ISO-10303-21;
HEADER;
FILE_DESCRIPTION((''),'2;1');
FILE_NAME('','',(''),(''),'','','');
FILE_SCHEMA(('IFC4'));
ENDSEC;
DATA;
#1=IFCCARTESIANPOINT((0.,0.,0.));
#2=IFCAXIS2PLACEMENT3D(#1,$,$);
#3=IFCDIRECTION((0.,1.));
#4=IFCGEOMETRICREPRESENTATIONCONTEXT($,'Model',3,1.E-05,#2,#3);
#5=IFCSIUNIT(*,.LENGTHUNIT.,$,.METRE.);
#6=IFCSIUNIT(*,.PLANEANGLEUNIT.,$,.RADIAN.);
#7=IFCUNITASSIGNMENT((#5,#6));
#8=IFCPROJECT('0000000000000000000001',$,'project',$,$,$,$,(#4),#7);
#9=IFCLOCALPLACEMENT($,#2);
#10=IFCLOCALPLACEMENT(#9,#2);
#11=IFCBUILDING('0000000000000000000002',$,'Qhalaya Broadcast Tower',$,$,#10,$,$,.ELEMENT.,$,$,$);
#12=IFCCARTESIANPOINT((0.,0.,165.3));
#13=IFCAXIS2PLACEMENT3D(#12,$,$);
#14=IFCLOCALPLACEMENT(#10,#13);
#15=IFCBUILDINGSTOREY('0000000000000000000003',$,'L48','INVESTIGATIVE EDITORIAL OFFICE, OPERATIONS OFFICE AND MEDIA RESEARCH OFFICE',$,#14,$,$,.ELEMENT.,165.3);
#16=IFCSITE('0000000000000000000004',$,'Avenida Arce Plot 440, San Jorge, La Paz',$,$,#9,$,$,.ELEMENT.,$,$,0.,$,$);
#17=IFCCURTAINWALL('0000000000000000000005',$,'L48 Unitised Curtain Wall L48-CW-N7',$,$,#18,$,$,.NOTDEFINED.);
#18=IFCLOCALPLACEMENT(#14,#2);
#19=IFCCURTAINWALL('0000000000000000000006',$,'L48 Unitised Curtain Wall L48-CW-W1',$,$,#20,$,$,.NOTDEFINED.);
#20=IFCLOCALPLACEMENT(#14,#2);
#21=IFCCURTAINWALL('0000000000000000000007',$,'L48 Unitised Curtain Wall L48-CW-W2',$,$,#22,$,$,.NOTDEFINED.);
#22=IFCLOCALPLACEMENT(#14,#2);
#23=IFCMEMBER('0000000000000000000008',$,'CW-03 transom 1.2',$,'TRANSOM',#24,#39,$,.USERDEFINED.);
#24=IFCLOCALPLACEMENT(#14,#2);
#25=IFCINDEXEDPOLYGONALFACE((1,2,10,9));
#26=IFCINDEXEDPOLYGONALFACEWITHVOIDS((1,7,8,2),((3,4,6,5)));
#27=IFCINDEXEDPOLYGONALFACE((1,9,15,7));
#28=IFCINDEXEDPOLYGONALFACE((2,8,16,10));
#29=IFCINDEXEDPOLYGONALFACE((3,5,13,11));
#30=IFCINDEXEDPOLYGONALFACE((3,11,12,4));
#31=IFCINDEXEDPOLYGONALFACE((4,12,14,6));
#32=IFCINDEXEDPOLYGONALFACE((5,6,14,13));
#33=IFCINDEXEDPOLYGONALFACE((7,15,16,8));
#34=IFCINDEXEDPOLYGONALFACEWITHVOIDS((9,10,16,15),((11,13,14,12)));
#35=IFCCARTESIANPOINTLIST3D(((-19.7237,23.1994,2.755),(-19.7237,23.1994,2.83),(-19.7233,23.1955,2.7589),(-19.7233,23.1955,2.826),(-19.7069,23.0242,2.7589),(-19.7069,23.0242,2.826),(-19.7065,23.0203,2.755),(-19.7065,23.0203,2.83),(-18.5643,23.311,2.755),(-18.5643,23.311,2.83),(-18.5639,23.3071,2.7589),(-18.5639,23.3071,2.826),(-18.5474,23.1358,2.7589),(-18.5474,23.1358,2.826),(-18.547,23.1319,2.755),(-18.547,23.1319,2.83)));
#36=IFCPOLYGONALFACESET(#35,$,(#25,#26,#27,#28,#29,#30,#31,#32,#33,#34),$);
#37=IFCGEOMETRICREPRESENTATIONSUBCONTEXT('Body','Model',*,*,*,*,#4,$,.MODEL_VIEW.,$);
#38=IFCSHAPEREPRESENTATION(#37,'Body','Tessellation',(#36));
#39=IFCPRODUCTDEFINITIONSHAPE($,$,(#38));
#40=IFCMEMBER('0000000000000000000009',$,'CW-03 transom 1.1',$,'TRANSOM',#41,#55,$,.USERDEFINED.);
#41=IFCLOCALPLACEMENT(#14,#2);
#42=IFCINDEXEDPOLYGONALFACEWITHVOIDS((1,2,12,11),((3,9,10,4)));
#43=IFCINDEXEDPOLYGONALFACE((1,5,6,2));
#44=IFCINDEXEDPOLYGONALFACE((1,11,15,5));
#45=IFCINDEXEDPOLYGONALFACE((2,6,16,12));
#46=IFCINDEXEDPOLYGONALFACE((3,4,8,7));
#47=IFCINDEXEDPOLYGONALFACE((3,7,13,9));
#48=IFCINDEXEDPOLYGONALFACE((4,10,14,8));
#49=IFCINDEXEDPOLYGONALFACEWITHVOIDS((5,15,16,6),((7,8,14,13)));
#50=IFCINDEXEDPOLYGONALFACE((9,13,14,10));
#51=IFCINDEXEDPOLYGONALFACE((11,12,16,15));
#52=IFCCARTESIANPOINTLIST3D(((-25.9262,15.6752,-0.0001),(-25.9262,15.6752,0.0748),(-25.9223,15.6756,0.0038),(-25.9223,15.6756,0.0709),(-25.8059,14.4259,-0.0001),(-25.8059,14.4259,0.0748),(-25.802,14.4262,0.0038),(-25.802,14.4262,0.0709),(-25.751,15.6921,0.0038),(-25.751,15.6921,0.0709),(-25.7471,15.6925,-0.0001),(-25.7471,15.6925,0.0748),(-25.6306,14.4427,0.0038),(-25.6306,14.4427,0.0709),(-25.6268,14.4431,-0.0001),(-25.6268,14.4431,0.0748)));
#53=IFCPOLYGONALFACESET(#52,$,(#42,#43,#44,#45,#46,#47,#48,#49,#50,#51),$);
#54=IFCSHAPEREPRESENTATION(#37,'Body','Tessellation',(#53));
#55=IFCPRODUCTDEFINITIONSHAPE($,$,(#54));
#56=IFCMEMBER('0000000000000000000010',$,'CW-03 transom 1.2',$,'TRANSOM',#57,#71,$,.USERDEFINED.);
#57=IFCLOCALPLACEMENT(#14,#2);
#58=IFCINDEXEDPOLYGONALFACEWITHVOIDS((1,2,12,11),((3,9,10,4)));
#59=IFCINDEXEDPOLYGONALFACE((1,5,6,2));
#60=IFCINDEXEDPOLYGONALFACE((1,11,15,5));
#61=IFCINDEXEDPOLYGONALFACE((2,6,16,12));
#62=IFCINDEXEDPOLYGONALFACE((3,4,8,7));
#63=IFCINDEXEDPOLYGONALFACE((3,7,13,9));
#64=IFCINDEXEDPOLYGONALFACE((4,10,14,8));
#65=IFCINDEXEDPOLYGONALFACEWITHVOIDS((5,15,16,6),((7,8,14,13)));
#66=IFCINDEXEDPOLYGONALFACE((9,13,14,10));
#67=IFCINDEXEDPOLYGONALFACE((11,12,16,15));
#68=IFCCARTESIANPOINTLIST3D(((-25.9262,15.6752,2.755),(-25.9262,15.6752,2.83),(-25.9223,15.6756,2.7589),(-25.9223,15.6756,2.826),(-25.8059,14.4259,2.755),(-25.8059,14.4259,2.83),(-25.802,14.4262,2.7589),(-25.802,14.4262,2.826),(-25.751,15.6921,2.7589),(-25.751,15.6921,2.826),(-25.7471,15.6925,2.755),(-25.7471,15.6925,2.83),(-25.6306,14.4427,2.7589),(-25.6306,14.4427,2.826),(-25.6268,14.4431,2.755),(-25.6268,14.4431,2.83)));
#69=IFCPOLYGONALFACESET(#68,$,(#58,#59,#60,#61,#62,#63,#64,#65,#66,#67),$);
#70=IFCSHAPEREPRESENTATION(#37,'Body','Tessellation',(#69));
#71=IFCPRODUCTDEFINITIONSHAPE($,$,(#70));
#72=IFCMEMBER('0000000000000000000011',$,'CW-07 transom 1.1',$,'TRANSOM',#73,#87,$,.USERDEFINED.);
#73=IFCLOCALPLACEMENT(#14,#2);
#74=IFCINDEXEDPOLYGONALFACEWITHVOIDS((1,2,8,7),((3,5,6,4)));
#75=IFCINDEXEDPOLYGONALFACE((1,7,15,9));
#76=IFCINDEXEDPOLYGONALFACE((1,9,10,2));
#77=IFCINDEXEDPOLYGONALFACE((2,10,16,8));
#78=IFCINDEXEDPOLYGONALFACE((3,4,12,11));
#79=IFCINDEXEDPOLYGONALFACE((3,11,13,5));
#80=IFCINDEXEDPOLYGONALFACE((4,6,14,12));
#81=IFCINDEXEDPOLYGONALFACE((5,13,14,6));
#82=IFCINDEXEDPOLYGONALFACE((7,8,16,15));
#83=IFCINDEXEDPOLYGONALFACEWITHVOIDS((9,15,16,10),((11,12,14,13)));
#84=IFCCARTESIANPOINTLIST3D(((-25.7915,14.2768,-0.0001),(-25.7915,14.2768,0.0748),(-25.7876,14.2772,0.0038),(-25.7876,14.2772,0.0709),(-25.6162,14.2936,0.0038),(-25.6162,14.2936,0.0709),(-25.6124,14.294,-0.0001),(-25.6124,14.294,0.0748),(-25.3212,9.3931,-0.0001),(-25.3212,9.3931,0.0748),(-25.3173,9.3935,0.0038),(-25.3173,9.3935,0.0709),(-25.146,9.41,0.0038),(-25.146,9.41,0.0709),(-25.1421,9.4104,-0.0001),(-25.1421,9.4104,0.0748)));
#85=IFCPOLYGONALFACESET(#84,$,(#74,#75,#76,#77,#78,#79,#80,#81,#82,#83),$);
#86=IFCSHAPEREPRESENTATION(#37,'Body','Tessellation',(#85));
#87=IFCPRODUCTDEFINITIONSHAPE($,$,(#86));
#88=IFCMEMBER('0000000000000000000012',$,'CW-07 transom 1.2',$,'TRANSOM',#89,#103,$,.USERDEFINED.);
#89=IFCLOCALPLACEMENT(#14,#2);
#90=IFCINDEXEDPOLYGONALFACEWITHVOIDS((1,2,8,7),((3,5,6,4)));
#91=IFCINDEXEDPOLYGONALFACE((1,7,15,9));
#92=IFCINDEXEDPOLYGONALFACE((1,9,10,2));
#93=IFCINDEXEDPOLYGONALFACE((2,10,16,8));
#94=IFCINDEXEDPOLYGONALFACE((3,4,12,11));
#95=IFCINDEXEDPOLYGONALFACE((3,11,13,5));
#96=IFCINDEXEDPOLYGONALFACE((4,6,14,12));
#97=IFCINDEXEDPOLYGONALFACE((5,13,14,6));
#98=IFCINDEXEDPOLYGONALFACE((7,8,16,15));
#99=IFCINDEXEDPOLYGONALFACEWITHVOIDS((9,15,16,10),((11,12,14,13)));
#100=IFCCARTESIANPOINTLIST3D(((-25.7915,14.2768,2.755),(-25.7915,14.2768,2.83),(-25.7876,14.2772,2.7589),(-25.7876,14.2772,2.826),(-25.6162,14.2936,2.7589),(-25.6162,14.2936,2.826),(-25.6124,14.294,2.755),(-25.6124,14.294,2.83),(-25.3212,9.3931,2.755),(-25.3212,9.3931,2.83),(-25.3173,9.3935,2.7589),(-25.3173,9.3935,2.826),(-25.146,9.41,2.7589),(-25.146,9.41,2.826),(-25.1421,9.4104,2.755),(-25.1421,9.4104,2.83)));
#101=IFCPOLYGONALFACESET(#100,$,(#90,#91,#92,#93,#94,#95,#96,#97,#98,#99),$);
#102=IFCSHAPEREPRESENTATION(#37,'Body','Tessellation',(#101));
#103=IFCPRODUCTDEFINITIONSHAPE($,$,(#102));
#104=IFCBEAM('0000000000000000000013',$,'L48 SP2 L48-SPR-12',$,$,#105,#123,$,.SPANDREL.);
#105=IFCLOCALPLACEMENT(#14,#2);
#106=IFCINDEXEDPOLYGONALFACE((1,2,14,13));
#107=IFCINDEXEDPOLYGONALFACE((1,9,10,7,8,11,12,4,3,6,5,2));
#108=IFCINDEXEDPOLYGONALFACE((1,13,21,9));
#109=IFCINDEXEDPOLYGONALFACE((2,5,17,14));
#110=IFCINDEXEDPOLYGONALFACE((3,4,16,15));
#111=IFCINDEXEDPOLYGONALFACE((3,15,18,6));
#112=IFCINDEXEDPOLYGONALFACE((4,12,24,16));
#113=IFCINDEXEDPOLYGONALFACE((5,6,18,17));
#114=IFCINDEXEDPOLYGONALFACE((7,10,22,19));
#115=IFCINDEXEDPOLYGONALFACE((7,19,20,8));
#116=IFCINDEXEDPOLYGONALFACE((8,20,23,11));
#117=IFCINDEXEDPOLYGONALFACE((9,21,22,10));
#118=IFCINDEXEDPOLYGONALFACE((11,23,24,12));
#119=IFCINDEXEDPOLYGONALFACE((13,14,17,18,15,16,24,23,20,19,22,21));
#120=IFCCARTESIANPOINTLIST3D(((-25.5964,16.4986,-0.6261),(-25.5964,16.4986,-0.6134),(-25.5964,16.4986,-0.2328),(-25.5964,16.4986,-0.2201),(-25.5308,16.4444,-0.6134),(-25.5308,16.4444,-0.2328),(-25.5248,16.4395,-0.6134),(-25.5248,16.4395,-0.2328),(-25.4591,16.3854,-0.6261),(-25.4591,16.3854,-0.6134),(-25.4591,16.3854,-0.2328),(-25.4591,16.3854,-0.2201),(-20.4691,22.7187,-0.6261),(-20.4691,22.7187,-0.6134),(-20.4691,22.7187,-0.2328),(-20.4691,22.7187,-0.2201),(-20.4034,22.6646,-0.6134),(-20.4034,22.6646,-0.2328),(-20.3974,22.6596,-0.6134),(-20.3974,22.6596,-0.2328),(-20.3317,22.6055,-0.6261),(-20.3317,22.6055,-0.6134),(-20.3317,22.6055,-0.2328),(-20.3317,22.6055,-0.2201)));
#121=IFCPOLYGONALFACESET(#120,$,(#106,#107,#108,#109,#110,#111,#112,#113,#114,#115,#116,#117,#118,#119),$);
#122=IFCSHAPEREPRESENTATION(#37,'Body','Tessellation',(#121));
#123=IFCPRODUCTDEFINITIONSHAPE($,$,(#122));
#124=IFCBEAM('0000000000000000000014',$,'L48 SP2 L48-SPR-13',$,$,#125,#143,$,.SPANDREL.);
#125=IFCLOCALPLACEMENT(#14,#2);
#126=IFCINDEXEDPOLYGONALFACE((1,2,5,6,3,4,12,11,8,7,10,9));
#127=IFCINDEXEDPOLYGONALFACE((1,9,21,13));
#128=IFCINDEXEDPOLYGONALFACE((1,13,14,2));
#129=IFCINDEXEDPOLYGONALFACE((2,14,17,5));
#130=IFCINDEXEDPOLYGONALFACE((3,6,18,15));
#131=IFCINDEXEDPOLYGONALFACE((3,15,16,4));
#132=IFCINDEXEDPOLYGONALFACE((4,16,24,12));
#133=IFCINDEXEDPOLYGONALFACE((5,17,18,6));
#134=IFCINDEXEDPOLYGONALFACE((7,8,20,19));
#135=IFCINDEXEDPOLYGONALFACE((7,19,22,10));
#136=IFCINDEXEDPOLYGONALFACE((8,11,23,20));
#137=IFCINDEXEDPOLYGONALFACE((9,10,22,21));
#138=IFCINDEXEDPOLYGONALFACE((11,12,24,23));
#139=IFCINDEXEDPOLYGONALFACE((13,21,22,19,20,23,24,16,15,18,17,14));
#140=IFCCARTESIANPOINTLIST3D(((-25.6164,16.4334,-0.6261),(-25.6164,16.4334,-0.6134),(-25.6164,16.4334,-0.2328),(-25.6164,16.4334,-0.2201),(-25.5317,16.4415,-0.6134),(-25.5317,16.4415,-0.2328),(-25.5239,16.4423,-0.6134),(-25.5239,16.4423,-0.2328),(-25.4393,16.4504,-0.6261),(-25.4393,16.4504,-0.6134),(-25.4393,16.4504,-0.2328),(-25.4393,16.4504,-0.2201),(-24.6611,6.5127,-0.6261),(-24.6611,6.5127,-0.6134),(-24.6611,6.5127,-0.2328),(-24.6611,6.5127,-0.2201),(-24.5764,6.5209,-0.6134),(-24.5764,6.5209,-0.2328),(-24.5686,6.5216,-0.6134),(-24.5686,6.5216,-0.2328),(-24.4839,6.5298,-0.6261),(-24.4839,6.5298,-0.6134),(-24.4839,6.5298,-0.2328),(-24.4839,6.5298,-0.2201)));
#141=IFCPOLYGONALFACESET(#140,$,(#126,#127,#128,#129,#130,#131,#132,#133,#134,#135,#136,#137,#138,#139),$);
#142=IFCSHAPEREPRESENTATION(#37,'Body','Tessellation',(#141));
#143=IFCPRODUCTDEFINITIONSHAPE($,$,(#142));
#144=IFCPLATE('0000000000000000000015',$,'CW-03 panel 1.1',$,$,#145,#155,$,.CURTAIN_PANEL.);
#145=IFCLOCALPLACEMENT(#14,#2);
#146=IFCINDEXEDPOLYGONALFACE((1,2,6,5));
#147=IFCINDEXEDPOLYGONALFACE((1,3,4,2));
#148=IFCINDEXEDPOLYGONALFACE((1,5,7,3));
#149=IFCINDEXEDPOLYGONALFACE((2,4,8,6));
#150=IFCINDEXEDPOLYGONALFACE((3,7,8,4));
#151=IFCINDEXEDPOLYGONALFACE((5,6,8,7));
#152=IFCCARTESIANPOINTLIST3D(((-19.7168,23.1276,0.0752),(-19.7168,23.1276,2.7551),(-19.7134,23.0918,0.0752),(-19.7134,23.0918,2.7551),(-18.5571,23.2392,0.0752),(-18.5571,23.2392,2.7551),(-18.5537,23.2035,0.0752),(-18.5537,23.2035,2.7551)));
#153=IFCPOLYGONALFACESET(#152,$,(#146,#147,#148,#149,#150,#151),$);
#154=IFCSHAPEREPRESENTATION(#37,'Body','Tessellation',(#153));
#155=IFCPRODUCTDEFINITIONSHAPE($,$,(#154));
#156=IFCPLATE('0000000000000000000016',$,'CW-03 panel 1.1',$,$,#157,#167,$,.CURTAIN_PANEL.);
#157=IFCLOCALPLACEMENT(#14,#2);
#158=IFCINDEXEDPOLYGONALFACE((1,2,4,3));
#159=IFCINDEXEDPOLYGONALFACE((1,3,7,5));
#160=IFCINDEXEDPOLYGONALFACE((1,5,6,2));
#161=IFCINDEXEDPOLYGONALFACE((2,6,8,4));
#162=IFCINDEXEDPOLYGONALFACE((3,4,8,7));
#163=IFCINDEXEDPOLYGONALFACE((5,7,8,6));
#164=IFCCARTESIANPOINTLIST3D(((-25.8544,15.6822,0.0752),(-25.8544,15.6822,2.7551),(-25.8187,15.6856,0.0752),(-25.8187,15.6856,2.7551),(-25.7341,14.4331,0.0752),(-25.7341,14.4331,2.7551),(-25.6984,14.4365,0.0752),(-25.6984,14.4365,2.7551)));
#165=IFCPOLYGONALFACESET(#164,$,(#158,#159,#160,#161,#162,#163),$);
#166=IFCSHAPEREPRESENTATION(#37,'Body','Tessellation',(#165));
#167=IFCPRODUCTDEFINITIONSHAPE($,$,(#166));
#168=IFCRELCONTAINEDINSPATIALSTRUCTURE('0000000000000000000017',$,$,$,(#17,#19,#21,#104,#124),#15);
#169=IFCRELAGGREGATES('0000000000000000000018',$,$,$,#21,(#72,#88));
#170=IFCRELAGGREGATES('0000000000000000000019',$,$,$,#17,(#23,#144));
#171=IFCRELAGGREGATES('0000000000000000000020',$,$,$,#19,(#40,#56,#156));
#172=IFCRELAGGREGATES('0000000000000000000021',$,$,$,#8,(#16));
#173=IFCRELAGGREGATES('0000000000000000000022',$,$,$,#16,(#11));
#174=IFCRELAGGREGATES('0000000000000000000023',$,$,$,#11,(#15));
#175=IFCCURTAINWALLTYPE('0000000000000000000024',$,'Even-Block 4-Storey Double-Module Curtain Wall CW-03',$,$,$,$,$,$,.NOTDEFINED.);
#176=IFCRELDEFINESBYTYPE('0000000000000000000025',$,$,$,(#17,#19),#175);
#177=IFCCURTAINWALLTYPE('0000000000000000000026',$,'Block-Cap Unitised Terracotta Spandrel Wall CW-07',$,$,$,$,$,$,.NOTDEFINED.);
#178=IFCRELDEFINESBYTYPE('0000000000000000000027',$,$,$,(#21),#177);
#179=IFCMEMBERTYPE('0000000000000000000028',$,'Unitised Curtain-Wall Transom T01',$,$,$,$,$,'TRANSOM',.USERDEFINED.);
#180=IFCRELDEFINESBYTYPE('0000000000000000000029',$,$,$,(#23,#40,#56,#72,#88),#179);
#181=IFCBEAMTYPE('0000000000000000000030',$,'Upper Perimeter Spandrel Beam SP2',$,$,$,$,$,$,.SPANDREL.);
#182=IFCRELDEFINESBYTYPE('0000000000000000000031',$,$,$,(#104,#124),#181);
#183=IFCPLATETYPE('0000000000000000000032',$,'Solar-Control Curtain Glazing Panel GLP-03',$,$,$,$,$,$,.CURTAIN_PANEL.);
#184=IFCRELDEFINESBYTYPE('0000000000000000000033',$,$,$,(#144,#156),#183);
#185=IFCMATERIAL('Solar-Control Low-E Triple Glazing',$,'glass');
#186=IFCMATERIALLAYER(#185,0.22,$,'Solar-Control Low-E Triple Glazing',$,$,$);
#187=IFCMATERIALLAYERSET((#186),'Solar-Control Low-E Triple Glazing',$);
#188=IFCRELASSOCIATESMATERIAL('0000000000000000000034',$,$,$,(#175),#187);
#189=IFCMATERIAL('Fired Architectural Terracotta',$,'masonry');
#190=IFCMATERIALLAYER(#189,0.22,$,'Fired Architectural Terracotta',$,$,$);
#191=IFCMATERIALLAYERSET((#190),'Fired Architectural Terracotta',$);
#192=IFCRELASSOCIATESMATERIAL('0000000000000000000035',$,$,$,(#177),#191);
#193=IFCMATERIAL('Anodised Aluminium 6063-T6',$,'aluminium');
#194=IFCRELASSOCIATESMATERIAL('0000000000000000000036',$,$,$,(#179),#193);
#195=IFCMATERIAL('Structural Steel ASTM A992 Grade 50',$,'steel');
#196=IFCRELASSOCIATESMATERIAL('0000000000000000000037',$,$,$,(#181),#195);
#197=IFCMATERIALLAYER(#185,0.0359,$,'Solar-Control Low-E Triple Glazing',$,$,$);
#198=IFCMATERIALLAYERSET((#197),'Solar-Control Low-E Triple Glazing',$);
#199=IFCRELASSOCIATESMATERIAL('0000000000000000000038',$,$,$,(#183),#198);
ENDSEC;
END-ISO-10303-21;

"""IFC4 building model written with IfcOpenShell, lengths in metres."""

from ifc_helpers import new_model, si_unit, direction, frame, origin, origin_2d, place, context, subcontext, project, spatial, rectangle, hollow_rectangle, i_section, extrude, material, layer, layer_set, material_profile, profile_set, type_object, element, aggregate, save


model = new_model("IFC4")

# Units and contexts
model_context = context("Model", 3, precision=1e-05, world=origin(), true_north=direction((0.0, 1.0)))
body_context = subcontext(model_context, "Body", "Model", "MODEL_VIEW")
ifc_project = project(units=[si_unit("LENGTHUNIT", "METRE"), si_unit("PLANEANGLEUNIT", "RADIAN")], contexts=[model_context])

# Site, building, storey
site_placement = place(None, origin())
site = spatial("IfcSite", under=ifc_project, at=site_placement, Name="Avenida Arce Plot 440, San Jorge, La Paz", CompositionType="ELEMENT", RefElevation=0.0)
building_placement = place(site_placement, origin())
building = spatial("IfcBuilding", under=site, at=building_placement, Name="Qhalaya Broadcast Tower", CompositionType="ELEMENT")
storey_placement = place(building_placement, frame((0.0, 0.0, 165.3)))
storey = spatial("IfcBuildingStorey", under=building, at=storey_placement, Name="L48", Description="INVESTIGATIVE EDITORIAL OFFICE, OPERATIONS OFFICE AND MEDIA RESEARCH OFFICE", CompositionType="ELEMENT", Elevation=165.3)

# Shared definitions
ifc_material_1 = material(Name="Structural Steel ASTM A992 Grade 50", Category="steel")

# Curtain walls
ifc_material_2 = material(Name="Solar-Control Low-E Triple Glazing", Category="glass")
ifc_layer_1 = layer(ifc_material_2, 0.22, Name="Solar-Control Low-E Triple Glazing")
ifc_layer_set_1 = layer_set([ifc_layer_1], Name="Solar-Control Low-E Triple Glazing")
curtain_wall_type_1 = type_object("IfcCurtainWallType", Name="Even-Block 4-Storey Double-Module Curtain Wall CW-03", PredefinedType="NOTDEFINED", material=ifc_layer_set_1)
curtain_wall_1_placement = place(storey_placement, origin())
curtain_wall_1 = element("IfcCurtainWall", 1, at=curtain_wall_1_placement, inside=storey, type_object=curtain_wall_type_1, Name="L48 Unitised Curtain Wall L48-CW-N7", PredefinedType="NOTDEFINED")
ifc_material_3 = material(Name="Anodised Aluminium 6063-T6", Category="aluminium")
curtain_wall_2_placement = place(storey_placement, origin())
curtain_wall_2 = element("IfcCurtainWall", 2, at=curtain_wall_2_placement, inside=storey, type_object=curtain_wall_type_1, Name="L48 Unitised Curtain Wall L48-CW-W1", PredefinedType="NOTDEFINED")

# Curtain wall
ifc_material_4 = material(Name="Fired Architectural Terracotta", Category="masonry")
ifc_layer_2 = layer(ifc_material_4, 0.22, Name="Fired Architectural Terracotta")
ifc_layer_set_2 = layer_set([ifc_layer_2], Name="Fired Architectural Terracotta")
curtain_wall_type_2 = type_object("IfcCurtainWallType", Name="Block-Cap Unitised Terracotta Spandrel Wall CW-07", PredefinedType="NOTDEFINED", material=ifc_layer_set_2)
curtain_wall_3_placement = place(storey_placement, origin())
curtain_wall_3 = element("IfcCurtainWall", 3, at=curtain_wall_3_placement, inside=storey, type_object=curtain_wall_type_2, Name="L48 Unitised Curtain Wall L48-CW-W2", PredefinedType="NOTDEFINED")

# Members
ifc_material_profile_1 = material_profile(ifc_material_3, hollow_rectangle(XDim=0.075, YDim=0.1799, WallThickness=0.0039, at=origin_2d()), Name="ALU-TRN 75x180x4")
ifc_profile_set_1 = profile_set([ifc_material_profile_1], Name="Anodised Aluminium 6063-T6")
member_type_1 = type_object("IfcMemberType", Name="Unitised Curtain-Wall Transom T01", ElementType="TRANSOM", PredefinedType="USERDEFINED", material=ifc_profile_set_1)
member_1_placement = place(storey_placement, frame((-18.5557, 23.2214, 2.7925), z_axis=(-0.995402, -0.095788, 0.0), x_axis=(0.0, 0.0, 1.0)))
member_1 = element("IfcMember", 4, at=member_1_placement, type_object=member_type_1, Name="CW-03 transom 1.2", ObjectType="TRANSOM", PredefinedType="USERDEFINED", context=body_context, shape_type="SweptSolid", body=[
    extrude(hollow_rectangle(XDim=0.075, YDim=0.1799, WallThickness=0.0039, at=origin_2d()), origin(), (0.0, 0.0, 1.0), 1.1648),
])
member_2_placement = place(storey_placement, frame((-25.8367, 15.6838, 0.0374), z_axis=(0.095901, -0.995391, 0.0), x_axis=(0.0, 0.0, 1.0)))
member_2 = element("IfcMember", 5, at=member_2_placement, type_object=member_type_1, Name="CW-03 transom 1.1", ObjectType="TRANSOM", PredefinedType="USERDEFINED", context=body_context, shape_type="SweptSolid", body=[
    extrude(hollow_rectangle(XDim=0.075, YDim=0.1799, WallThickness=0.0039, at=origin_2d()), origin(), (0.0, 0.0, 1.0), 1.2551),
])
member_3_placement = place(storey_placement, frame((-25.8367, 15.6838, 2.7925), z_axis=(0.095901, -0.995391, 0.0), x_axis=(0.0, 0.0, 1.0)))
member_3 = element("IfcMember", 6, at=member_3_placement, type_object=member_type_1, Name="CW-03 transom 1.2", ObjectType="TRANSOM", PredefinedType="USERDEFINED", context=body_context, shape_type="SweptSolid", body=[
    extrude(hollow_rectangle(XDim=0.075, YDim=0.1799, WallThickness=0.0039, at=origin_2d()), origin(), (0.0, 0.0, 1.0), 1.2551),
])
member_4_placement = place(storey_placement, frame((-25.7019, 14.2854, 0.0374), z_axis=(0.095842, -0.995397, 0.0), x_axis=(0.0, 0.0, 1.0)))
member_4 = element("IfcMember", 7, at=member_4_placement, type_object=member_type_1, Name="CW-07 transom 1.1", ObjectType="TRANSOM", PredefinedType="USERDEFINED", context=body_context, shape_type="SweptSolid", body=[
    extrude(hollow_rectangle(XDim=0.075, YDim=0.1799, WallThickness=0.0039, at=origin_2d()), origin(), (0.0, 0.0, 1.0), 4.9062),
])
member_5_placement = place(storey_placement, frame((-25.7019, 14.2854, 2.7925), z_axis=(0.095842, -0.995397, 0.0), x_axis=(0.0, 0.0, 1.0)))
member_5 = element("IfcMember", 8, at=member_5_placement, type_object=member_type_1, Name="CW-07 transom 1.2", ObjectType="TRANSOM", PredefinedType="USERDEFINED", context=body_context, shape_type="SweptSolid", body=[
    extrude(hollow_rectangle(XDim=0.075, YDim=0.1799, WallThickness=0.0039, at=origin_2d()), origin(), (0.0, 0.0, 1.0), 4.9062),
])
aggregate(curtain_wall_3, [member_4, member_5])

# Beams
ifc_material_profile_2 = material_profile(ifc_material_1, i_section(OverallWidth=0.178, OverallDepth=0.406, WebThickness=0.0078, FlangeThickness=0.0127, at=origin_2d()), Name="W16X40")
ifc_profile_set_2 = profile_set([ifc_material_profile_2], Name="Structural Steel ASTM A992 Grade 50")
beam_type_1 = type_object("IfcBeamType", Name="Upper Perimeter Spandrel Beam SP2", PredefinedType="SPANDREL", material=ifc_profile_set_2)
beam_1_placement = place(storey_placement, frame((-20.4004, 22.6621, -0.4231), z_axis=(-0.63607, -0.771631, 0.0), x_axis=(0.771631, -0.63607, 0.0)))
element("IfcBeam", 9, at=beam_1_placement, inside=storey, type_object=beam_type_1, Name="L48 SP2 L48-SPR-12", PredefinedType="SPANDREL", context=body_context, shape_type="SweptSolid", body=[
    extrude(i_section(OverallWidth=0.178, OverallDepth=0.406, WebThickness=0.0078, FlangeThickness=0.0127, at=origin_2d()), origin(), (0.0, 0.0, 1.0), 8.061),
])
beam_2_placement = place(storey_placement, frame((-25.5278, 16.4419, -0.4231), z_axis=(0.095853, -0.995396, 0.0), x_axis=(0.995396, 0.095853, 0.0)))
element("IfcBeam", 10, at=beam_2_placement, inside=storey, type_object=beam_type_1, Name="L48 SP2 L48-SPR-13", PredefinedType="SPANDREL", context=body_context, shape_type="SweptSolid", body=[
    extrude(i_section(OverallWidth=0.178, OverallDepth=0.406, WebThickness=0.0078, FlangeThickness=0.0127, at=origin_2d()), origin(), (0.0, 0.0, 1.0), 9.9666),
])

# Plates
ifc_layer_3 = layer(ifc_material_2, 0.0359, Name="Solar-Control Low-E Triple Glazing")
ifc_layer_set_3 = layer_set([ifc_layer_3], Name="Solar-Control Low-E Triple Glazing")
plate_type = type_object("IfcPlateType", Name="Solar-Control Curtain Glazing Panel GLP-03", PredefinedType="CURTAIN_PANEL", material=ifc_layer_set_3)
plate_1_placement = place(storey_placement, frame((-19.1353, 23.1655, 0.0752), z_axis=(0.0, 0.0, 1.0), x_axis=(-0.995399, -0.095821, 0.0)))
plate_1 = element("IfcPlate", 11, at=plate_1_placement, type_object=plate_type, Name="CW-03 panel 1.1", PredefinedType="CURTAIN_PANEL", context=body_context, shape_type="SweptSolid", body=[
    extrude(rectangle(XDim=1.165, YDim=0.0359, at=origin_2d()), origin(), (0.0, 0.0, 1.0), 2.6799),
])
aggregate(curtain_wall_1, [member_1, plate_1])
plate_2_placement = place(storey_placement, frame((-25.7764, 15.0593, 0.0752), z_axis=(0.0, 0.0, 1.0), x_axis=(0.095874, -0.995393, 0.0)))
plate_2 = element("IfcPlate", 12, at=plate_2_placement, type_object=plate_type, Name="CW-03 panel 1.1", PredefinedType="CURTAIN_PANEL", context=body_context, shape_type="SweptSolid", body=[
    extrude(rectangle(XDim=1.2549, YDim=0.0359, at=origin_2d()), origin(), (0.0, 0.0, 1.0), 2.6799),
])
aggregate(curtain_wall_2, [member_2, member_3, plate_2])

save(model, "model.ifc")
